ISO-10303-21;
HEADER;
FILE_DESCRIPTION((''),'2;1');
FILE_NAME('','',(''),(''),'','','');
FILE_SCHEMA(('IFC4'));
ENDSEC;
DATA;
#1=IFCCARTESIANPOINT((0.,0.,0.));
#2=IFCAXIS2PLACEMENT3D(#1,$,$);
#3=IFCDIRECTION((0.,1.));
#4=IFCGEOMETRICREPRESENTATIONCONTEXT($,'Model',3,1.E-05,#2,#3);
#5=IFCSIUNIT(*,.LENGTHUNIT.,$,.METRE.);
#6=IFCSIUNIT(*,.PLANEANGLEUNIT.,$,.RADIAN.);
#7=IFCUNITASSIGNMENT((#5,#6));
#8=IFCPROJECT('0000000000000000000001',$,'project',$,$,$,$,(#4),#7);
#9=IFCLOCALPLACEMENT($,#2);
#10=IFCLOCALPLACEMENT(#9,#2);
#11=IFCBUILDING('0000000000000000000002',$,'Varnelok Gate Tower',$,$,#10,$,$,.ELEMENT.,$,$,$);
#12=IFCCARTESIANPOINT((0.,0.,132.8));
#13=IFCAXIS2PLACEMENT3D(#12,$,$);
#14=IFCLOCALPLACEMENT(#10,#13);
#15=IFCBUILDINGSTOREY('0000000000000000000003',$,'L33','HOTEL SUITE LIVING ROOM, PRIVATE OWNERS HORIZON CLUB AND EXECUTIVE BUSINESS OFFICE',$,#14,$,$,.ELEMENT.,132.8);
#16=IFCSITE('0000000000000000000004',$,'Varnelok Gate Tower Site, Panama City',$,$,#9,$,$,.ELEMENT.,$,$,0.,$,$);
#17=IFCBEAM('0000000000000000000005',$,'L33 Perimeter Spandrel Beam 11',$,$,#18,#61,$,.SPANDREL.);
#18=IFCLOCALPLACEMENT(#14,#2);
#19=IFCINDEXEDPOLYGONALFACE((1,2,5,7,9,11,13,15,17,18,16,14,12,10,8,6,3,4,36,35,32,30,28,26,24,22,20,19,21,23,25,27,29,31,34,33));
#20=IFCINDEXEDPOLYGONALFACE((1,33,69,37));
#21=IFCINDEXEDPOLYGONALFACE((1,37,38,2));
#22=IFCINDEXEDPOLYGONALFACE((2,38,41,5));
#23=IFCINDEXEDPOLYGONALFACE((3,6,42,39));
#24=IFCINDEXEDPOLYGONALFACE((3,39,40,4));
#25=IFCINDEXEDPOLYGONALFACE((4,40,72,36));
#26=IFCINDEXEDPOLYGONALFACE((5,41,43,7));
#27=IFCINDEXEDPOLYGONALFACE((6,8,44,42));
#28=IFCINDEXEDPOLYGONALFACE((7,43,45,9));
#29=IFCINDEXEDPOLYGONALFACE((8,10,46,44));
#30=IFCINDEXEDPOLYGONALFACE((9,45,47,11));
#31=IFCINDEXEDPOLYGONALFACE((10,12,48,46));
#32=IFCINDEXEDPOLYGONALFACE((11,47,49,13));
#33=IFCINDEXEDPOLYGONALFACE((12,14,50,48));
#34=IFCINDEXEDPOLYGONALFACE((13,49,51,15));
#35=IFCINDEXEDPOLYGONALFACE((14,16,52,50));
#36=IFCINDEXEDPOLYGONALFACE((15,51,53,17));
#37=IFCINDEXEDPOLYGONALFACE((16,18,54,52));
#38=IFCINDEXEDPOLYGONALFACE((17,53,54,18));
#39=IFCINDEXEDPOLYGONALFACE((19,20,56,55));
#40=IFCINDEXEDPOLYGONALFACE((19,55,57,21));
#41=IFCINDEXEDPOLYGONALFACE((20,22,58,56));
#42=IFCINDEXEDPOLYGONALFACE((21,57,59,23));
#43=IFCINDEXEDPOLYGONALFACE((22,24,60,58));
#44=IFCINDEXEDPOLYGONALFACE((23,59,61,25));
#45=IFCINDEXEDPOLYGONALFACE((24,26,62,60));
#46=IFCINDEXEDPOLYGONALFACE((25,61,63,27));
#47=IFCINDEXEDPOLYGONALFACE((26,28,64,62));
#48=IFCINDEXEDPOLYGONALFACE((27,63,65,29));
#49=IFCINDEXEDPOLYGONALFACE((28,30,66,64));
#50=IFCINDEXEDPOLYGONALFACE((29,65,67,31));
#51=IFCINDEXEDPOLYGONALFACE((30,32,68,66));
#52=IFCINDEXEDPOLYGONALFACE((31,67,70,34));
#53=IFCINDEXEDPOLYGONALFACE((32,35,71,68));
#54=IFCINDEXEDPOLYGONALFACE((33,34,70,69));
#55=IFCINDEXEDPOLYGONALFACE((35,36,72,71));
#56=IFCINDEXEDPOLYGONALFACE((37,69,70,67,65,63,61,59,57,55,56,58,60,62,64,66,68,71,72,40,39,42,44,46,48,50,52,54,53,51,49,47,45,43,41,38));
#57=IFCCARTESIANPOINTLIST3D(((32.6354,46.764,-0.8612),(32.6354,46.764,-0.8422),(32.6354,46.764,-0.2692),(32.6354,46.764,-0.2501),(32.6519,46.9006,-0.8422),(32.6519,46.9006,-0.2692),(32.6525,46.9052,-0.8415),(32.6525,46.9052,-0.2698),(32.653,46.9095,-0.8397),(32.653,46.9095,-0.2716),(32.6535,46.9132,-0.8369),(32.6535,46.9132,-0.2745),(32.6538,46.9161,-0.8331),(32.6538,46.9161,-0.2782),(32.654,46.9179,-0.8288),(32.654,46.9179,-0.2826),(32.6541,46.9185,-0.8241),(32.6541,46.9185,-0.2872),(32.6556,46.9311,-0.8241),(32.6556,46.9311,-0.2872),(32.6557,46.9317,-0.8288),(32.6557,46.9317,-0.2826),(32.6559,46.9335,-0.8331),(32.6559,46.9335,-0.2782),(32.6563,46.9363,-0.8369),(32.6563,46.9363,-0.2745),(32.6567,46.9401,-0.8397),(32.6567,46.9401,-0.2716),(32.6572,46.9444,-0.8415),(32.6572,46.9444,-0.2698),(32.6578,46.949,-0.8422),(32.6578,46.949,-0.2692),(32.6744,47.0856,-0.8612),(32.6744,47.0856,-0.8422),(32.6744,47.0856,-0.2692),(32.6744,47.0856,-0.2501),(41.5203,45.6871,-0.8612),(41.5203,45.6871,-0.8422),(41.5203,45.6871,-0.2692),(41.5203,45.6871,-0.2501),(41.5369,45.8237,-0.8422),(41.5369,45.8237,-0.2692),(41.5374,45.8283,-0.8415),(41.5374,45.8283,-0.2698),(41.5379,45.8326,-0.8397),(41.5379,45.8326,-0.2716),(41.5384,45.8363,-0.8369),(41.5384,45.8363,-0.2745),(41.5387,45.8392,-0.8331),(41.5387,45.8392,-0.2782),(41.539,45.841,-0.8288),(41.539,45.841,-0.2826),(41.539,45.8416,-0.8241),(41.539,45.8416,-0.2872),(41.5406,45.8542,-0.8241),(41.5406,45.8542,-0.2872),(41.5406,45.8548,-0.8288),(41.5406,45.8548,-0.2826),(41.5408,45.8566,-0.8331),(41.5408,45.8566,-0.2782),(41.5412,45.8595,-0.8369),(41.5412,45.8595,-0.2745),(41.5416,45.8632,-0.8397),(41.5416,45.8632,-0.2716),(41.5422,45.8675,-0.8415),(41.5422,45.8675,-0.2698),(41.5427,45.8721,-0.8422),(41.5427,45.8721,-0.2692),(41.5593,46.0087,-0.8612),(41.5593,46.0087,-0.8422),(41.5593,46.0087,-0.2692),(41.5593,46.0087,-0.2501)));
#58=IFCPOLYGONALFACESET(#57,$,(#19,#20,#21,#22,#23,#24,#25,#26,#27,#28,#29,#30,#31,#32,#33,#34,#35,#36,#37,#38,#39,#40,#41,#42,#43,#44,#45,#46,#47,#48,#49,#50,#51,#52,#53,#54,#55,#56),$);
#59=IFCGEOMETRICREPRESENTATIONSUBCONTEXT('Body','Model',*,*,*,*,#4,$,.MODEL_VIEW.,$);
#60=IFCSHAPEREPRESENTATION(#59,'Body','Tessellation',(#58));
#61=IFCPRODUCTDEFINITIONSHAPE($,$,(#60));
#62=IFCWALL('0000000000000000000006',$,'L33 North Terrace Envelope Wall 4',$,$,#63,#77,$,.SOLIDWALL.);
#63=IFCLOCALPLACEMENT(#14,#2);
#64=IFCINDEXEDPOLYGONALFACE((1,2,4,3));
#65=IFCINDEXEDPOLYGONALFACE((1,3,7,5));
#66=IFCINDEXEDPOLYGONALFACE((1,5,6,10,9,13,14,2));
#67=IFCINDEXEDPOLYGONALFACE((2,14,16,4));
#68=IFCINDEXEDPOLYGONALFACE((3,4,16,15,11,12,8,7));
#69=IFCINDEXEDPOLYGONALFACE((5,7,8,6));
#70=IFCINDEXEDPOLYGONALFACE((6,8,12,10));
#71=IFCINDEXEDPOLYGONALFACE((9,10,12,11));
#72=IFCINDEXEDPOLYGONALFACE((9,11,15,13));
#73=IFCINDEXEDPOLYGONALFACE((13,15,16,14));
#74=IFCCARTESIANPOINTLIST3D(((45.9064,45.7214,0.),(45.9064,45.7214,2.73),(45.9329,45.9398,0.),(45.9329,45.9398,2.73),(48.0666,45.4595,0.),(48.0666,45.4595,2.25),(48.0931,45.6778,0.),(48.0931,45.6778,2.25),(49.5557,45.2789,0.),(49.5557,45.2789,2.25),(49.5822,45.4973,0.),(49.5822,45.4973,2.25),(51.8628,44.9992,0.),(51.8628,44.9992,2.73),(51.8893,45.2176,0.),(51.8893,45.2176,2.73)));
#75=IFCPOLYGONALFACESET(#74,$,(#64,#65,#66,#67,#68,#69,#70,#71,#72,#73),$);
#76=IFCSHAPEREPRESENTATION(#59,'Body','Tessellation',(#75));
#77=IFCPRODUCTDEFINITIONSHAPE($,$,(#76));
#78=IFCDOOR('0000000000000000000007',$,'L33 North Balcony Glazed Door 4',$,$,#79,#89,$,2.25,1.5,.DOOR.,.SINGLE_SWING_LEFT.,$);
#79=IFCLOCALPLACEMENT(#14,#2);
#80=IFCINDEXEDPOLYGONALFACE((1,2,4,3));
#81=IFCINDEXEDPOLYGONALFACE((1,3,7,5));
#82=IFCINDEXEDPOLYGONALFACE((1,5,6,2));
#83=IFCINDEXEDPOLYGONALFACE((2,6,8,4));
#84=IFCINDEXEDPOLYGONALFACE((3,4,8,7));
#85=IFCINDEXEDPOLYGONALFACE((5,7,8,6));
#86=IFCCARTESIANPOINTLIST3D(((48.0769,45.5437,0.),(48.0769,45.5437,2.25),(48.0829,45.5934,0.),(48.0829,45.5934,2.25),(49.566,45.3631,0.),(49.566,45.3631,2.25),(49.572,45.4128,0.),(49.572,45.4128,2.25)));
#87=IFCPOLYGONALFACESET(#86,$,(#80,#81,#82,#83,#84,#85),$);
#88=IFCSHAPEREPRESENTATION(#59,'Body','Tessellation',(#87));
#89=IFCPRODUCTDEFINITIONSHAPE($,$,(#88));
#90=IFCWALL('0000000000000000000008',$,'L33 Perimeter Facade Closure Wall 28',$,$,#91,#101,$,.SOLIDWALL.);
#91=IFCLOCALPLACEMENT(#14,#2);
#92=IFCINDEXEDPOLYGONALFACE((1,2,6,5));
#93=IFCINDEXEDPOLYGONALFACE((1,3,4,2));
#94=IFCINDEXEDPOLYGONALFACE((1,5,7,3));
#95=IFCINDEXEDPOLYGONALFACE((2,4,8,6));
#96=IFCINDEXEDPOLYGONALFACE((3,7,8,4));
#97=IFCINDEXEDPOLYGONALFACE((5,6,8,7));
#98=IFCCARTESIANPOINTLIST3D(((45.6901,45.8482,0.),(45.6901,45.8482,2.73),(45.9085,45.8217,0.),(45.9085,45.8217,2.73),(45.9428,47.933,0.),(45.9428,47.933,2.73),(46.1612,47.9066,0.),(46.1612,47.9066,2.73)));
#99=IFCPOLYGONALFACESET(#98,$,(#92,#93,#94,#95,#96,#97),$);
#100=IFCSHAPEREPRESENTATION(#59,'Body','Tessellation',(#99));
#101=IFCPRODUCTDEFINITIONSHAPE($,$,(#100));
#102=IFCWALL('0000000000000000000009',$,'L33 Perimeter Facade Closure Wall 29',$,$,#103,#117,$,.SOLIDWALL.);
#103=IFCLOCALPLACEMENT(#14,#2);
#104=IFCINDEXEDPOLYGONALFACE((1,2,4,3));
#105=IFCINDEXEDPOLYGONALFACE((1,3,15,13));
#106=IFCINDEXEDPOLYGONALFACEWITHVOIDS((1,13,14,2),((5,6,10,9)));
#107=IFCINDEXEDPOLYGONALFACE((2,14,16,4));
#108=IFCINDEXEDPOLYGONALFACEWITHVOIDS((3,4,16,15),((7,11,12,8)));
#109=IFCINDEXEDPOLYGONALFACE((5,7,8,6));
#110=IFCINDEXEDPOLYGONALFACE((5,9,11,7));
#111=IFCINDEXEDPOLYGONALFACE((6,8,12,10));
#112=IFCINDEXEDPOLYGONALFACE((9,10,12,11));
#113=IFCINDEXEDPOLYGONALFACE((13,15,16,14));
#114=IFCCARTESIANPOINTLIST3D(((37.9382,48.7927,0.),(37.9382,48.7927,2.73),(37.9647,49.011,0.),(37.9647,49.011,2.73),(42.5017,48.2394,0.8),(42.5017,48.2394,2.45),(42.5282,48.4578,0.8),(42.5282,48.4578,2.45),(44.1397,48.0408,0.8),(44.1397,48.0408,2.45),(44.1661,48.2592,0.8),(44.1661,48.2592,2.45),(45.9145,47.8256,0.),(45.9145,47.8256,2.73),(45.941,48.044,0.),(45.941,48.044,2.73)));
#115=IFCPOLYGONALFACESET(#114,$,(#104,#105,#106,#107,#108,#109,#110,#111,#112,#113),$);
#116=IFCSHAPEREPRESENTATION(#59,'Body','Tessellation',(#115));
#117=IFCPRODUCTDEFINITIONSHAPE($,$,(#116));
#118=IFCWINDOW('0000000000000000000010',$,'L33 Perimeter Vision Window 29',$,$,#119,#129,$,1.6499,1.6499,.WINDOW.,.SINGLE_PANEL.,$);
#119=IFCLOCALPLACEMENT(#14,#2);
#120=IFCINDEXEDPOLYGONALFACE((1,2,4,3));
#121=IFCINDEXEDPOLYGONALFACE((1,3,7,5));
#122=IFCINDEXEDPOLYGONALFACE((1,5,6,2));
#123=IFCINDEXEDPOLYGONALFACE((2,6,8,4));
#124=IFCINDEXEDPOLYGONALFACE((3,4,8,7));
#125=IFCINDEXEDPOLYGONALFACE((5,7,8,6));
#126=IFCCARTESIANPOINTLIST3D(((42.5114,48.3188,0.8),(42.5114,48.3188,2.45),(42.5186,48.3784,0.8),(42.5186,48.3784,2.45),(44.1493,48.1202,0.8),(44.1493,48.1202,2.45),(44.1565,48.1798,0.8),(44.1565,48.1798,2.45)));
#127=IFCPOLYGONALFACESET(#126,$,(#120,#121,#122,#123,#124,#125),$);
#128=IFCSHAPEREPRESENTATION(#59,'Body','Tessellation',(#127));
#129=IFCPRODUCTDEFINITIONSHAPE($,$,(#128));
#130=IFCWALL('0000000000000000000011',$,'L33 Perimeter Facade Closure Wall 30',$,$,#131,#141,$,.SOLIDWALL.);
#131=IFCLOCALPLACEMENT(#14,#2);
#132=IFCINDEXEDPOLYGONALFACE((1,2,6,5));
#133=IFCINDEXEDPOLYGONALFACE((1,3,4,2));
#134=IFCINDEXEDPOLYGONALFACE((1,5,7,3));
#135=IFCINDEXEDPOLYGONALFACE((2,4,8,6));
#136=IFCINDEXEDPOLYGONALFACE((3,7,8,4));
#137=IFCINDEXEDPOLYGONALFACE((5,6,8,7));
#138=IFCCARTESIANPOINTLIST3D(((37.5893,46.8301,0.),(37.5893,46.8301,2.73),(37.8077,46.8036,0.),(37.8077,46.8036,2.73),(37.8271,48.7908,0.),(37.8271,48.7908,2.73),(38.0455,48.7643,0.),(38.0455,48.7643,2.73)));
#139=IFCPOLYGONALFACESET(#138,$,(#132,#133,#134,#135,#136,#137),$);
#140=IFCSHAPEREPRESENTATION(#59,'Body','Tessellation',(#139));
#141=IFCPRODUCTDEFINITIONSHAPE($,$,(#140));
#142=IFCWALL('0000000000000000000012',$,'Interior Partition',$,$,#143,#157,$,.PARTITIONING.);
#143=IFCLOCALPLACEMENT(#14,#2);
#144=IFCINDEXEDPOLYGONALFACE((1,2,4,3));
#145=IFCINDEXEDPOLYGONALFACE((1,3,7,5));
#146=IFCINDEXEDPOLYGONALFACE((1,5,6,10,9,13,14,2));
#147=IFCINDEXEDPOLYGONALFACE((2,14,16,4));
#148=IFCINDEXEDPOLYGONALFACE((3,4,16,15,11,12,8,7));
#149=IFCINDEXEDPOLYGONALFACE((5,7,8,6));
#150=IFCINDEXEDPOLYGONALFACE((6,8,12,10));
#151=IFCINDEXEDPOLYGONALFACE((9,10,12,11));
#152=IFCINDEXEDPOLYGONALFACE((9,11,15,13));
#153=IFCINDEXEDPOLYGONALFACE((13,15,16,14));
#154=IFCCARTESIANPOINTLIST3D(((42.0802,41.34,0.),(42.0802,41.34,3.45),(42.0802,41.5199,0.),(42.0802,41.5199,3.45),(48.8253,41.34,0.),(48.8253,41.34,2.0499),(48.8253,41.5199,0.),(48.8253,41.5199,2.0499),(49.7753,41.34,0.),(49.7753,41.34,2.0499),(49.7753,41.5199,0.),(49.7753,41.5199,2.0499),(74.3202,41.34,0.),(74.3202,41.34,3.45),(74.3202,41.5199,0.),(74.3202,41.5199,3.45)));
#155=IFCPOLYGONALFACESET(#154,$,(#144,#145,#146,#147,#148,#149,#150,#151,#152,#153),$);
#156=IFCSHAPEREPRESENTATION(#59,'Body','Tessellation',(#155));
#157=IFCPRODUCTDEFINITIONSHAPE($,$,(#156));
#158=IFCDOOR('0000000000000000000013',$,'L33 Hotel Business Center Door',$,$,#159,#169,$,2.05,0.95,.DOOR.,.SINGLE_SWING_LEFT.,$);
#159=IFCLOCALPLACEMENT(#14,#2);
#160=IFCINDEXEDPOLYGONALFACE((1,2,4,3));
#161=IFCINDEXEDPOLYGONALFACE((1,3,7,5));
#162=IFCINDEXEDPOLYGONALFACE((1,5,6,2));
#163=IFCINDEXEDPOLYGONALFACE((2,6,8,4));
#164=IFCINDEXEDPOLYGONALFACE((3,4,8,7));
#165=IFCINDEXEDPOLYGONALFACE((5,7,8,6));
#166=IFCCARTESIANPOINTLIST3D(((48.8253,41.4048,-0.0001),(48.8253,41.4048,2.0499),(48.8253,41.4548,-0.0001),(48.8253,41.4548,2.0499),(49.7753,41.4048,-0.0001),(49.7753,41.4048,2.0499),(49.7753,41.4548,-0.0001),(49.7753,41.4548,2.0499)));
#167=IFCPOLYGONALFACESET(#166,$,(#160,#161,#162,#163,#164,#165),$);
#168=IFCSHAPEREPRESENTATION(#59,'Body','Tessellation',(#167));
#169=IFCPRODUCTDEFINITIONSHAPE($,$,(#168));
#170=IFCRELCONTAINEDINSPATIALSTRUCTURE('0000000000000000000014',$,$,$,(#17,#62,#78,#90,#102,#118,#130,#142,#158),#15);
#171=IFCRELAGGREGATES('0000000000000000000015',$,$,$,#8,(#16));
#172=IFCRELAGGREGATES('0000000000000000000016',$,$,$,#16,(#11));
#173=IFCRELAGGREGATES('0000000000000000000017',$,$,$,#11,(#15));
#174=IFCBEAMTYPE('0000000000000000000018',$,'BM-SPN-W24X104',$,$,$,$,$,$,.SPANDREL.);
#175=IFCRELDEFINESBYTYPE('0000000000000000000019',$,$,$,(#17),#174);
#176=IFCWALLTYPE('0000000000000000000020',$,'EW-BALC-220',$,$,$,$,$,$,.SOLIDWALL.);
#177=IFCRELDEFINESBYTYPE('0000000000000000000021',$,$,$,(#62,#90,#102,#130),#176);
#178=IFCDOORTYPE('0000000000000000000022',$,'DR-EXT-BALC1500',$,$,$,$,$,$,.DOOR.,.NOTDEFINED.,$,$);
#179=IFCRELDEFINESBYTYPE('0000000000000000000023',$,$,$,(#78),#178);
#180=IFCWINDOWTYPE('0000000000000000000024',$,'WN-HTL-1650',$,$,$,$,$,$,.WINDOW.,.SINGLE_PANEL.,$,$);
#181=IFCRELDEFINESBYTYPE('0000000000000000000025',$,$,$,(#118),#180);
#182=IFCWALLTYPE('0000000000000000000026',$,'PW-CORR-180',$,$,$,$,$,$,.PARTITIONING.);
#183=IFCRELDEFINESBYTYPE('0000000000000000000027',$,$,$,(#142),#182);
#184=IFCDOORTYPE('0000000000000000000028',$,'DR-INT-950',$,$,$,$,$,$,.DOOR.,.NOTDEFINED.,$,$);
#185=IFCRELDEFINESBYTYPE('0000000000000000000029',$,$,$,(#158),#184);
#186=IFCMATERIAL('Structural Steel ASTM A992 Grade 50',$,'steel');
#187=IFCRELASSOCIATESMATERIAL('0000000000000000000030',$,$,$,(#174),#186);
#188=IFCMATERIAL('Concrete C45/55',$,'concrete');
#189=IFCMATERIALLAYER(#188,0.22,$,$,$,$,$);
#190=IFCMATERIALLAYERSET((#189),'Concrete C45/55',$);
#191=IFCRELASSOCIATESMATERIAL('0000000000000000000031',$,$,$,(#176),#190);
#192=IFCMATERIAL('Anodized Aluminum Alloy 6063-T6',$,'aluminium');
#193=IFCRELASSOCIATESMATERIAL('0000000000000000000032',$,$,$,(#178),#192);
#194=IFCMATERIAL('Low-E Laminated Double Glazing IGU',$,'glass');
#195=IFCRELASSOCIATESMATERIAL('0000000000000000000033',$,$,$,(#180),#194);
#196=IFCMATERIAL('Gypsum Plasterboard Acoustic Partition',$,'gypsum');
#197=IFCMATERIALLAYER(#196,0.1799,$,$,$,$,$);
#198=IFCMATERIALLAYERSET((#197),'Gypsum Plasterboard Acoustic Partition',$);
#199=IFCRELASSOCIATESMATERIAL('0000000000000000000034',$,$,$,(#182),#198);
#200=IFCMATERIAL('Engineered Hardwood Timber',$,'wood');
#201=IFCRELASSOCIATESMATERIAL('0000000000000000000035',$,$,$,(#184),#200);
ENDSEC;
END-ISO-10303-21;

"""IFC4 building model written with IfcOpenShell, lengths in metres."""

from ifc_helpers import new_model, si_unit, direction, frame, frame_2d, origin, origin_2d, place, context, subcontext, project, spatial, rectangle, i_section, extrude, material, layer, layer_set, material_profile, profile_set, type_object, element, fill, save


model = new_model("IFC4")

# Units and contexts
model_context = context("Model", 3, precision=1e-05, world=origin(), true_north=direction((0.0, 1.0)))
body_context = subcontext(model_context, "Body", "Model", "MODEL_VIEW")
ifc_project = project(units=[si_unit("LENGTHUNIT", "METRE"), si_unit("PLANEANGLEUNIT", "RADIAN")], contexts=[model_context])

# Site, building, storey
site_placement = place(None, origin())
site = spatial("IfcSite", under=ifc_project, at=site_placement, Name="Varnelok Gate Tower Site, Panama City", CompositionType="ELEMENT", RefElevation=0.0)
building_placement = place(site_placement, origin())
building = spatial("IfcBuilding", under=site, at=building_placement, Name="Varnelok Gate Tower", CompositionType="ELEMENT")
storey_placement = place(building_placement, frame((0.0, 0.0, 132.8)))
storey = spatial("IfcBuildingStorey", under=building, at=storey_placement, Name="L33", Description="HOTEL SUITE LIVING ROOM, PRIVATE OWNERS HORIZON CLUB AND EXECUTIVE BUSINESS OFFICE", CompositionType="ELEMENT", Elevation=132.8)

# Shared definitions
ifc_material_1 = material(Name="Structural Steel ASTM A992 Grade 50", Category="steel")

# Beam
ifc_material_profile_1 = material_profile(ifc_material_1, i_section(OverallWidth=0.324, OverallDepth=0.6111, WebThickness=0.0127, FlangeThickness=0.019, FilletRadius=0.0181, at=origin_2d()), Name="W24X104")
ifc_profile_set_1 = profile_set([ifc_material_profile_1], Name="Structural Steel ASTM A992 Grade 50")
beam_type_1 = type_object("IfcBeamType", Name="BM-SPN-W24X104", PredefinedType="SPANDREL", material=ifc_profile_set_1)
beam_1_placement = place(storey_placement, frame((41.5398, 45.8479, -0.5557), z_axis=(-0.992735, 0.120324, 0.0), x_axis=(-0.120324, -0.992735, 0.0)))
element("IfcBeam", 1, at=beam_1_placement, inside=storey, type_object=beam_type_1, Name="L33 Perimeter Spandrel Beam 11", PredefinedType="SPANDREL", context=body_context, shape_type="SweptSolid", body=[
    extrude(i_section(OverallWidth=0.324, OverallDepth=0.6111, WebThickness=0.0127, FlangeThickness=0.019, FilletRadius=0.0181, at=origin_2d()), origin(), (0.0, 0.0, 1.0), 8.95),
])

# Wall, opening, door
ifc_material_2 = material(Name="Concrete C45/55", Category="concrete")
ifc_layer_1 = layer(ifc_material_2, 0.22)
ifc_layer_set_1 = layer_set([ifc_layer_1], Name="Concrete C45/55")
wall_type_1 = type_object("IfcWallType", Name="EW-BALC-220", PredefinedType="SOLIDWALL", material=ifc_layer_set_1)
wall_1_placement = place(storey_placement, frame((45.9197, 45.8306, 0.0), z_axis=(0.0, 0.0, 1.0), x_axis=(0.99273, -0.120363, 0.0)))
wall_1 = element("IfcWall", 2, at=wall_1_placement, inside=storey, type_object=wall_type_1, Name="L33 North Terrace Envelope Wall 4", PredefinedType="SOLIDWALL", context=body_context, shape_type="SweptSolid", body=[
    extrude(rectangle(XDim=6.0, YDim=0.22, at=frame_2d((3.0, 0.0))), origin(), (0.0, 0.0, 1.0), 2.73),
])
opening_1_placement = place(wall_1_placement, frame((2.176, 0.0, 0.0)))
opening_1 = element("IfcOpeningElement", 3, at=opening_1_placement, cuts=wall_1, PredefinedType="OPENING", context=body_context, shape_type="SweptSolid", body=[
    extrude(rectangle(XDim=1.5, YDim=2.25, at=frame_2d((0.75, 1.125))), frame((0.0, 0.1199, 0.0), z_axis=(0.0, -1.0, 0.0), x_axis=(1.0, 0.0, 0.0)), (0.0, 0.0, 1.0), 0.24),
])
ifc_material_3 = material(Name="Anodized Aluminum Alloy 6063-T6", Category="aluminium")
door_type_1 = type_object("IfcDoorType", Name="DR-EXT-BALC1500", OperationType="NOTDEFINED", PredefinedType="DOOR", material=ifc_material_3)
door_1_placement = place(opening_1_placement, origin())
door_1 = element("IfcDoor", 4, at=door_1_placement, inside=storey, type_object=door_type_1, Name="L33 North Balcony Glazed Door 4", OperationType="SINGLE_SWING_LEFT", OverallHeight=2.25, OverallWidth=1.5, PredefinedType="DOOR", context=body_context, shape_type="SweptSolid", body=[
    extrude(rectangle(XDim=1.5, YDim=2.25, at=frame_2d((0.75, 1.125))), frame((0.0, 0.0249, 0.0), z_axis=(0.0, -1.0, 0.0), x_axis=(1.0, 0.0, 0.0)), (0.0, 0.0, 1.0), 0.05),
])
fill(opening_1, door_1)

# Wall
wall_2_placement = place(storey_placement, frame((45.7993, 45.835, 0.0), z_axis=(0.0, 0.0, 1.0), x_axis=(0.120314, 0.992736, 0.0)))
element("IfcWall", 5, at=wall_2_placement, inside=storey, type_object=wall_type_1, Name="L33 Perimeter Facade Closure Wall 28", PredefinedType="SOLIDWALL", context=body_context, shape_type="SweptSolid", body=[
    extrude(rectangle(XDim=2.1001, YDim=0.22, at=frame_2d((1.05, 0.0))), origin(), (0.0, 0.0, 1.0), 2.73),
])

# Wall, opening, window
wall_3_placement = place(storey_placement, frame((45.9277, 47.9348, 0.0), z_axis=(0.0, 0.0, 1.0), x_axis=(-0.992731, 0.120358, 0.0)))
wall_3 = element("IfcWall", 6, at=wall_3_placement, inside=storey, type_object=wall_type_1, Name="L33 Perimeter Facade Closure Wall 29", PredefinedType="SOLIDWALL", context=body_context, shape_type="SweptSolid", body=[
    extrude(rectangle(XDim=8.0347, YDim=0.22, at=frame_2d((4.0173, 0.0))), origin(), (0.0, 0.0, 1.0), 2.73),
])
opening_2_placement = place(wall_3_placement, frame((1.7878, 0.0, 0.8)))
opening_2 = element("IfcOpeningElement", 7, at=opening_2_placement, cuts=wall_3, PredefinedType="OPENING", context=body_context, shape_type="SweptSolid", body=[
    extrude(rectangle(XDim=1.6499, YDim=1.6499, at=frame_2d((0.825, 0.825))), frame((0.0, 0.1199, 0.0), z_axis=(0.0, -1.0, 0.0), x_axis=(1.0, 0.0, 0.0)), (0.0, 0.0, 1.0), 0.24),
])
ifc_material_4 = material(Name="Low-E Laminated Double Glazing IGU", Category="glass")
window_type = type_object("IfcWindowType", Name="WN-HTL-1650", PartitioningType="SINGLE_PANEL", PredefinedType="WINDOW", material=ifc_material_4)
window_placement = place(opening_2_placement, origin())
window = element("IfcWindow", 8, at=window_placement, inside=storey, type_object=window_type, Name="L33 Perimeter Vision Window 29", OverallHeight=1.6499, OverallWidth=1.6499, PartitioningType="SINGLE_PANEL", PredefinedType="WINDOW", context=body_context, shape_type="SweptSolid", body=[
    extrude(rectangle(XDim=1.6499, YDim=1.6499, at=frame_2d((0.825, 0.825))), frame((0.0, 0.03, 0.0), z_axis=(0.0, -1.0, 0.0), x_axis=(1.0, 0.0, 0.0)), (0.0, 0.0, 1.0), 0.0601),
])
fill(opening_2, window)

# Wall
wall_4_placement = place(storey_placement, frame((37.9363, 48.7776, 0.0), z_axis=(0.0, 0.0, 1.0), x_axis=(-0.120398, -0.992726, 0.0)))
element("IfcWall", 9, at=wall_4_placement, inside=storey, type_object=wall_type_1, Name="L33 Perimeter Facade Closure Wall 30", PredefinedType="SOLIDWALL", context=body_context, shape_type="SweptSolid", body=[
    extrude(rectangle(XDim=1.9751, YDim=0.22, at=frame_2d((0.9875, 0.0))), origin(), (0.0, 0.0, 1.0), 2.73),
])

# Wall, opening, door
ifc_material_5 = material(Name="Gypsum Plasterboard Acoustic Partition", Category="gypsum")
ifc_layer_2 = layer(ifc_material_5, 0.1799)
ifc_layer_set_2 = layer_set([ifc_layer_2], Name="Gypsum Plasterboard Acoustic Partition")
wall_type_2 = type_object("IfcWallType", Name="PW-CORR-180", PredefinedType="PARTITIONING", material=ifc_layer_set_2)
wall_5_placement = place(storey_placement, frame((42.0801, 41.4299, 0.0), z_axis=(0.0, 0.0, 1.0), x_axis=(1.0, 0.0, 0.0)))
wall_5 = element("IfcWall", 10, at=wall_5_placement, inside=storey, type_object=wall_type_2, Name="Interior Partition", PredefinedType="PARTITIONING", context=body_context, shape_type="SweptSolid", body=[
    extrude(rectangle(XDim=32.24, YDim=0.1799, at=frame_2d((16.1201, 0.0))), origin(), (0.0, 0.0, 1.0), 3.45),
])
opening_3_placement = place(wall_5_placement, frame((6.7451, 0.0, 0.0)))
opening_3 = element("IfcOpeningElement", 11, at=opening_3_placement, cuts=wall_5, PredefinedType="OPENING", context=body_context, shape_type="SweptSolid", body=[
    extrude(rectangle(XDim=0.95, YDim=2.05, at=frame_2d((0.4751, 1.0249))), frame((0.0, 0.0999, 0.0), z_axis=(0.0, -1.0, 0.0), x_axis=(1.0, 0.0, 0.0)), (0.0, 0.0, 1.0), 0.2),
])
ifc_material_6 = material(Name="Engineered Hardwood Timber", Category="wood")
door_type_2 = type_object("IfcDoorType", Name="DR-INT-950", OperationType="NOTDEFINED", PredefinedType="DOOR", material=ifc_material_6)
door_2_placement = place(opening_3_placement, origin())
door_2 = element("IfcDoor", 12, at=door_2_placement, inside=storey, type_object=door_type_2, Name="L33 Hotel Business Center Door", OperationType="SINGLE_SWING_LEFT", OverallHeight=2.05, OverallWidth=0.95, PredefinedType="DOOR", context=body_context, shape_type="SweptSolid", body=[
    extrude(rectangle(XDim=0.95, YDim=2.05, at=frame_2d((0.4751, 1.0249))), frame((0.0, 0.0249, 0.0), z_axis=(0.0, -1.0, 0.0), x_axis=(1.0, 0.0, 0.0)), (0.0, 0.0, 1.0), 0.05),
])
fill(opening_3, door_2)

save(model, "model.ifc")
